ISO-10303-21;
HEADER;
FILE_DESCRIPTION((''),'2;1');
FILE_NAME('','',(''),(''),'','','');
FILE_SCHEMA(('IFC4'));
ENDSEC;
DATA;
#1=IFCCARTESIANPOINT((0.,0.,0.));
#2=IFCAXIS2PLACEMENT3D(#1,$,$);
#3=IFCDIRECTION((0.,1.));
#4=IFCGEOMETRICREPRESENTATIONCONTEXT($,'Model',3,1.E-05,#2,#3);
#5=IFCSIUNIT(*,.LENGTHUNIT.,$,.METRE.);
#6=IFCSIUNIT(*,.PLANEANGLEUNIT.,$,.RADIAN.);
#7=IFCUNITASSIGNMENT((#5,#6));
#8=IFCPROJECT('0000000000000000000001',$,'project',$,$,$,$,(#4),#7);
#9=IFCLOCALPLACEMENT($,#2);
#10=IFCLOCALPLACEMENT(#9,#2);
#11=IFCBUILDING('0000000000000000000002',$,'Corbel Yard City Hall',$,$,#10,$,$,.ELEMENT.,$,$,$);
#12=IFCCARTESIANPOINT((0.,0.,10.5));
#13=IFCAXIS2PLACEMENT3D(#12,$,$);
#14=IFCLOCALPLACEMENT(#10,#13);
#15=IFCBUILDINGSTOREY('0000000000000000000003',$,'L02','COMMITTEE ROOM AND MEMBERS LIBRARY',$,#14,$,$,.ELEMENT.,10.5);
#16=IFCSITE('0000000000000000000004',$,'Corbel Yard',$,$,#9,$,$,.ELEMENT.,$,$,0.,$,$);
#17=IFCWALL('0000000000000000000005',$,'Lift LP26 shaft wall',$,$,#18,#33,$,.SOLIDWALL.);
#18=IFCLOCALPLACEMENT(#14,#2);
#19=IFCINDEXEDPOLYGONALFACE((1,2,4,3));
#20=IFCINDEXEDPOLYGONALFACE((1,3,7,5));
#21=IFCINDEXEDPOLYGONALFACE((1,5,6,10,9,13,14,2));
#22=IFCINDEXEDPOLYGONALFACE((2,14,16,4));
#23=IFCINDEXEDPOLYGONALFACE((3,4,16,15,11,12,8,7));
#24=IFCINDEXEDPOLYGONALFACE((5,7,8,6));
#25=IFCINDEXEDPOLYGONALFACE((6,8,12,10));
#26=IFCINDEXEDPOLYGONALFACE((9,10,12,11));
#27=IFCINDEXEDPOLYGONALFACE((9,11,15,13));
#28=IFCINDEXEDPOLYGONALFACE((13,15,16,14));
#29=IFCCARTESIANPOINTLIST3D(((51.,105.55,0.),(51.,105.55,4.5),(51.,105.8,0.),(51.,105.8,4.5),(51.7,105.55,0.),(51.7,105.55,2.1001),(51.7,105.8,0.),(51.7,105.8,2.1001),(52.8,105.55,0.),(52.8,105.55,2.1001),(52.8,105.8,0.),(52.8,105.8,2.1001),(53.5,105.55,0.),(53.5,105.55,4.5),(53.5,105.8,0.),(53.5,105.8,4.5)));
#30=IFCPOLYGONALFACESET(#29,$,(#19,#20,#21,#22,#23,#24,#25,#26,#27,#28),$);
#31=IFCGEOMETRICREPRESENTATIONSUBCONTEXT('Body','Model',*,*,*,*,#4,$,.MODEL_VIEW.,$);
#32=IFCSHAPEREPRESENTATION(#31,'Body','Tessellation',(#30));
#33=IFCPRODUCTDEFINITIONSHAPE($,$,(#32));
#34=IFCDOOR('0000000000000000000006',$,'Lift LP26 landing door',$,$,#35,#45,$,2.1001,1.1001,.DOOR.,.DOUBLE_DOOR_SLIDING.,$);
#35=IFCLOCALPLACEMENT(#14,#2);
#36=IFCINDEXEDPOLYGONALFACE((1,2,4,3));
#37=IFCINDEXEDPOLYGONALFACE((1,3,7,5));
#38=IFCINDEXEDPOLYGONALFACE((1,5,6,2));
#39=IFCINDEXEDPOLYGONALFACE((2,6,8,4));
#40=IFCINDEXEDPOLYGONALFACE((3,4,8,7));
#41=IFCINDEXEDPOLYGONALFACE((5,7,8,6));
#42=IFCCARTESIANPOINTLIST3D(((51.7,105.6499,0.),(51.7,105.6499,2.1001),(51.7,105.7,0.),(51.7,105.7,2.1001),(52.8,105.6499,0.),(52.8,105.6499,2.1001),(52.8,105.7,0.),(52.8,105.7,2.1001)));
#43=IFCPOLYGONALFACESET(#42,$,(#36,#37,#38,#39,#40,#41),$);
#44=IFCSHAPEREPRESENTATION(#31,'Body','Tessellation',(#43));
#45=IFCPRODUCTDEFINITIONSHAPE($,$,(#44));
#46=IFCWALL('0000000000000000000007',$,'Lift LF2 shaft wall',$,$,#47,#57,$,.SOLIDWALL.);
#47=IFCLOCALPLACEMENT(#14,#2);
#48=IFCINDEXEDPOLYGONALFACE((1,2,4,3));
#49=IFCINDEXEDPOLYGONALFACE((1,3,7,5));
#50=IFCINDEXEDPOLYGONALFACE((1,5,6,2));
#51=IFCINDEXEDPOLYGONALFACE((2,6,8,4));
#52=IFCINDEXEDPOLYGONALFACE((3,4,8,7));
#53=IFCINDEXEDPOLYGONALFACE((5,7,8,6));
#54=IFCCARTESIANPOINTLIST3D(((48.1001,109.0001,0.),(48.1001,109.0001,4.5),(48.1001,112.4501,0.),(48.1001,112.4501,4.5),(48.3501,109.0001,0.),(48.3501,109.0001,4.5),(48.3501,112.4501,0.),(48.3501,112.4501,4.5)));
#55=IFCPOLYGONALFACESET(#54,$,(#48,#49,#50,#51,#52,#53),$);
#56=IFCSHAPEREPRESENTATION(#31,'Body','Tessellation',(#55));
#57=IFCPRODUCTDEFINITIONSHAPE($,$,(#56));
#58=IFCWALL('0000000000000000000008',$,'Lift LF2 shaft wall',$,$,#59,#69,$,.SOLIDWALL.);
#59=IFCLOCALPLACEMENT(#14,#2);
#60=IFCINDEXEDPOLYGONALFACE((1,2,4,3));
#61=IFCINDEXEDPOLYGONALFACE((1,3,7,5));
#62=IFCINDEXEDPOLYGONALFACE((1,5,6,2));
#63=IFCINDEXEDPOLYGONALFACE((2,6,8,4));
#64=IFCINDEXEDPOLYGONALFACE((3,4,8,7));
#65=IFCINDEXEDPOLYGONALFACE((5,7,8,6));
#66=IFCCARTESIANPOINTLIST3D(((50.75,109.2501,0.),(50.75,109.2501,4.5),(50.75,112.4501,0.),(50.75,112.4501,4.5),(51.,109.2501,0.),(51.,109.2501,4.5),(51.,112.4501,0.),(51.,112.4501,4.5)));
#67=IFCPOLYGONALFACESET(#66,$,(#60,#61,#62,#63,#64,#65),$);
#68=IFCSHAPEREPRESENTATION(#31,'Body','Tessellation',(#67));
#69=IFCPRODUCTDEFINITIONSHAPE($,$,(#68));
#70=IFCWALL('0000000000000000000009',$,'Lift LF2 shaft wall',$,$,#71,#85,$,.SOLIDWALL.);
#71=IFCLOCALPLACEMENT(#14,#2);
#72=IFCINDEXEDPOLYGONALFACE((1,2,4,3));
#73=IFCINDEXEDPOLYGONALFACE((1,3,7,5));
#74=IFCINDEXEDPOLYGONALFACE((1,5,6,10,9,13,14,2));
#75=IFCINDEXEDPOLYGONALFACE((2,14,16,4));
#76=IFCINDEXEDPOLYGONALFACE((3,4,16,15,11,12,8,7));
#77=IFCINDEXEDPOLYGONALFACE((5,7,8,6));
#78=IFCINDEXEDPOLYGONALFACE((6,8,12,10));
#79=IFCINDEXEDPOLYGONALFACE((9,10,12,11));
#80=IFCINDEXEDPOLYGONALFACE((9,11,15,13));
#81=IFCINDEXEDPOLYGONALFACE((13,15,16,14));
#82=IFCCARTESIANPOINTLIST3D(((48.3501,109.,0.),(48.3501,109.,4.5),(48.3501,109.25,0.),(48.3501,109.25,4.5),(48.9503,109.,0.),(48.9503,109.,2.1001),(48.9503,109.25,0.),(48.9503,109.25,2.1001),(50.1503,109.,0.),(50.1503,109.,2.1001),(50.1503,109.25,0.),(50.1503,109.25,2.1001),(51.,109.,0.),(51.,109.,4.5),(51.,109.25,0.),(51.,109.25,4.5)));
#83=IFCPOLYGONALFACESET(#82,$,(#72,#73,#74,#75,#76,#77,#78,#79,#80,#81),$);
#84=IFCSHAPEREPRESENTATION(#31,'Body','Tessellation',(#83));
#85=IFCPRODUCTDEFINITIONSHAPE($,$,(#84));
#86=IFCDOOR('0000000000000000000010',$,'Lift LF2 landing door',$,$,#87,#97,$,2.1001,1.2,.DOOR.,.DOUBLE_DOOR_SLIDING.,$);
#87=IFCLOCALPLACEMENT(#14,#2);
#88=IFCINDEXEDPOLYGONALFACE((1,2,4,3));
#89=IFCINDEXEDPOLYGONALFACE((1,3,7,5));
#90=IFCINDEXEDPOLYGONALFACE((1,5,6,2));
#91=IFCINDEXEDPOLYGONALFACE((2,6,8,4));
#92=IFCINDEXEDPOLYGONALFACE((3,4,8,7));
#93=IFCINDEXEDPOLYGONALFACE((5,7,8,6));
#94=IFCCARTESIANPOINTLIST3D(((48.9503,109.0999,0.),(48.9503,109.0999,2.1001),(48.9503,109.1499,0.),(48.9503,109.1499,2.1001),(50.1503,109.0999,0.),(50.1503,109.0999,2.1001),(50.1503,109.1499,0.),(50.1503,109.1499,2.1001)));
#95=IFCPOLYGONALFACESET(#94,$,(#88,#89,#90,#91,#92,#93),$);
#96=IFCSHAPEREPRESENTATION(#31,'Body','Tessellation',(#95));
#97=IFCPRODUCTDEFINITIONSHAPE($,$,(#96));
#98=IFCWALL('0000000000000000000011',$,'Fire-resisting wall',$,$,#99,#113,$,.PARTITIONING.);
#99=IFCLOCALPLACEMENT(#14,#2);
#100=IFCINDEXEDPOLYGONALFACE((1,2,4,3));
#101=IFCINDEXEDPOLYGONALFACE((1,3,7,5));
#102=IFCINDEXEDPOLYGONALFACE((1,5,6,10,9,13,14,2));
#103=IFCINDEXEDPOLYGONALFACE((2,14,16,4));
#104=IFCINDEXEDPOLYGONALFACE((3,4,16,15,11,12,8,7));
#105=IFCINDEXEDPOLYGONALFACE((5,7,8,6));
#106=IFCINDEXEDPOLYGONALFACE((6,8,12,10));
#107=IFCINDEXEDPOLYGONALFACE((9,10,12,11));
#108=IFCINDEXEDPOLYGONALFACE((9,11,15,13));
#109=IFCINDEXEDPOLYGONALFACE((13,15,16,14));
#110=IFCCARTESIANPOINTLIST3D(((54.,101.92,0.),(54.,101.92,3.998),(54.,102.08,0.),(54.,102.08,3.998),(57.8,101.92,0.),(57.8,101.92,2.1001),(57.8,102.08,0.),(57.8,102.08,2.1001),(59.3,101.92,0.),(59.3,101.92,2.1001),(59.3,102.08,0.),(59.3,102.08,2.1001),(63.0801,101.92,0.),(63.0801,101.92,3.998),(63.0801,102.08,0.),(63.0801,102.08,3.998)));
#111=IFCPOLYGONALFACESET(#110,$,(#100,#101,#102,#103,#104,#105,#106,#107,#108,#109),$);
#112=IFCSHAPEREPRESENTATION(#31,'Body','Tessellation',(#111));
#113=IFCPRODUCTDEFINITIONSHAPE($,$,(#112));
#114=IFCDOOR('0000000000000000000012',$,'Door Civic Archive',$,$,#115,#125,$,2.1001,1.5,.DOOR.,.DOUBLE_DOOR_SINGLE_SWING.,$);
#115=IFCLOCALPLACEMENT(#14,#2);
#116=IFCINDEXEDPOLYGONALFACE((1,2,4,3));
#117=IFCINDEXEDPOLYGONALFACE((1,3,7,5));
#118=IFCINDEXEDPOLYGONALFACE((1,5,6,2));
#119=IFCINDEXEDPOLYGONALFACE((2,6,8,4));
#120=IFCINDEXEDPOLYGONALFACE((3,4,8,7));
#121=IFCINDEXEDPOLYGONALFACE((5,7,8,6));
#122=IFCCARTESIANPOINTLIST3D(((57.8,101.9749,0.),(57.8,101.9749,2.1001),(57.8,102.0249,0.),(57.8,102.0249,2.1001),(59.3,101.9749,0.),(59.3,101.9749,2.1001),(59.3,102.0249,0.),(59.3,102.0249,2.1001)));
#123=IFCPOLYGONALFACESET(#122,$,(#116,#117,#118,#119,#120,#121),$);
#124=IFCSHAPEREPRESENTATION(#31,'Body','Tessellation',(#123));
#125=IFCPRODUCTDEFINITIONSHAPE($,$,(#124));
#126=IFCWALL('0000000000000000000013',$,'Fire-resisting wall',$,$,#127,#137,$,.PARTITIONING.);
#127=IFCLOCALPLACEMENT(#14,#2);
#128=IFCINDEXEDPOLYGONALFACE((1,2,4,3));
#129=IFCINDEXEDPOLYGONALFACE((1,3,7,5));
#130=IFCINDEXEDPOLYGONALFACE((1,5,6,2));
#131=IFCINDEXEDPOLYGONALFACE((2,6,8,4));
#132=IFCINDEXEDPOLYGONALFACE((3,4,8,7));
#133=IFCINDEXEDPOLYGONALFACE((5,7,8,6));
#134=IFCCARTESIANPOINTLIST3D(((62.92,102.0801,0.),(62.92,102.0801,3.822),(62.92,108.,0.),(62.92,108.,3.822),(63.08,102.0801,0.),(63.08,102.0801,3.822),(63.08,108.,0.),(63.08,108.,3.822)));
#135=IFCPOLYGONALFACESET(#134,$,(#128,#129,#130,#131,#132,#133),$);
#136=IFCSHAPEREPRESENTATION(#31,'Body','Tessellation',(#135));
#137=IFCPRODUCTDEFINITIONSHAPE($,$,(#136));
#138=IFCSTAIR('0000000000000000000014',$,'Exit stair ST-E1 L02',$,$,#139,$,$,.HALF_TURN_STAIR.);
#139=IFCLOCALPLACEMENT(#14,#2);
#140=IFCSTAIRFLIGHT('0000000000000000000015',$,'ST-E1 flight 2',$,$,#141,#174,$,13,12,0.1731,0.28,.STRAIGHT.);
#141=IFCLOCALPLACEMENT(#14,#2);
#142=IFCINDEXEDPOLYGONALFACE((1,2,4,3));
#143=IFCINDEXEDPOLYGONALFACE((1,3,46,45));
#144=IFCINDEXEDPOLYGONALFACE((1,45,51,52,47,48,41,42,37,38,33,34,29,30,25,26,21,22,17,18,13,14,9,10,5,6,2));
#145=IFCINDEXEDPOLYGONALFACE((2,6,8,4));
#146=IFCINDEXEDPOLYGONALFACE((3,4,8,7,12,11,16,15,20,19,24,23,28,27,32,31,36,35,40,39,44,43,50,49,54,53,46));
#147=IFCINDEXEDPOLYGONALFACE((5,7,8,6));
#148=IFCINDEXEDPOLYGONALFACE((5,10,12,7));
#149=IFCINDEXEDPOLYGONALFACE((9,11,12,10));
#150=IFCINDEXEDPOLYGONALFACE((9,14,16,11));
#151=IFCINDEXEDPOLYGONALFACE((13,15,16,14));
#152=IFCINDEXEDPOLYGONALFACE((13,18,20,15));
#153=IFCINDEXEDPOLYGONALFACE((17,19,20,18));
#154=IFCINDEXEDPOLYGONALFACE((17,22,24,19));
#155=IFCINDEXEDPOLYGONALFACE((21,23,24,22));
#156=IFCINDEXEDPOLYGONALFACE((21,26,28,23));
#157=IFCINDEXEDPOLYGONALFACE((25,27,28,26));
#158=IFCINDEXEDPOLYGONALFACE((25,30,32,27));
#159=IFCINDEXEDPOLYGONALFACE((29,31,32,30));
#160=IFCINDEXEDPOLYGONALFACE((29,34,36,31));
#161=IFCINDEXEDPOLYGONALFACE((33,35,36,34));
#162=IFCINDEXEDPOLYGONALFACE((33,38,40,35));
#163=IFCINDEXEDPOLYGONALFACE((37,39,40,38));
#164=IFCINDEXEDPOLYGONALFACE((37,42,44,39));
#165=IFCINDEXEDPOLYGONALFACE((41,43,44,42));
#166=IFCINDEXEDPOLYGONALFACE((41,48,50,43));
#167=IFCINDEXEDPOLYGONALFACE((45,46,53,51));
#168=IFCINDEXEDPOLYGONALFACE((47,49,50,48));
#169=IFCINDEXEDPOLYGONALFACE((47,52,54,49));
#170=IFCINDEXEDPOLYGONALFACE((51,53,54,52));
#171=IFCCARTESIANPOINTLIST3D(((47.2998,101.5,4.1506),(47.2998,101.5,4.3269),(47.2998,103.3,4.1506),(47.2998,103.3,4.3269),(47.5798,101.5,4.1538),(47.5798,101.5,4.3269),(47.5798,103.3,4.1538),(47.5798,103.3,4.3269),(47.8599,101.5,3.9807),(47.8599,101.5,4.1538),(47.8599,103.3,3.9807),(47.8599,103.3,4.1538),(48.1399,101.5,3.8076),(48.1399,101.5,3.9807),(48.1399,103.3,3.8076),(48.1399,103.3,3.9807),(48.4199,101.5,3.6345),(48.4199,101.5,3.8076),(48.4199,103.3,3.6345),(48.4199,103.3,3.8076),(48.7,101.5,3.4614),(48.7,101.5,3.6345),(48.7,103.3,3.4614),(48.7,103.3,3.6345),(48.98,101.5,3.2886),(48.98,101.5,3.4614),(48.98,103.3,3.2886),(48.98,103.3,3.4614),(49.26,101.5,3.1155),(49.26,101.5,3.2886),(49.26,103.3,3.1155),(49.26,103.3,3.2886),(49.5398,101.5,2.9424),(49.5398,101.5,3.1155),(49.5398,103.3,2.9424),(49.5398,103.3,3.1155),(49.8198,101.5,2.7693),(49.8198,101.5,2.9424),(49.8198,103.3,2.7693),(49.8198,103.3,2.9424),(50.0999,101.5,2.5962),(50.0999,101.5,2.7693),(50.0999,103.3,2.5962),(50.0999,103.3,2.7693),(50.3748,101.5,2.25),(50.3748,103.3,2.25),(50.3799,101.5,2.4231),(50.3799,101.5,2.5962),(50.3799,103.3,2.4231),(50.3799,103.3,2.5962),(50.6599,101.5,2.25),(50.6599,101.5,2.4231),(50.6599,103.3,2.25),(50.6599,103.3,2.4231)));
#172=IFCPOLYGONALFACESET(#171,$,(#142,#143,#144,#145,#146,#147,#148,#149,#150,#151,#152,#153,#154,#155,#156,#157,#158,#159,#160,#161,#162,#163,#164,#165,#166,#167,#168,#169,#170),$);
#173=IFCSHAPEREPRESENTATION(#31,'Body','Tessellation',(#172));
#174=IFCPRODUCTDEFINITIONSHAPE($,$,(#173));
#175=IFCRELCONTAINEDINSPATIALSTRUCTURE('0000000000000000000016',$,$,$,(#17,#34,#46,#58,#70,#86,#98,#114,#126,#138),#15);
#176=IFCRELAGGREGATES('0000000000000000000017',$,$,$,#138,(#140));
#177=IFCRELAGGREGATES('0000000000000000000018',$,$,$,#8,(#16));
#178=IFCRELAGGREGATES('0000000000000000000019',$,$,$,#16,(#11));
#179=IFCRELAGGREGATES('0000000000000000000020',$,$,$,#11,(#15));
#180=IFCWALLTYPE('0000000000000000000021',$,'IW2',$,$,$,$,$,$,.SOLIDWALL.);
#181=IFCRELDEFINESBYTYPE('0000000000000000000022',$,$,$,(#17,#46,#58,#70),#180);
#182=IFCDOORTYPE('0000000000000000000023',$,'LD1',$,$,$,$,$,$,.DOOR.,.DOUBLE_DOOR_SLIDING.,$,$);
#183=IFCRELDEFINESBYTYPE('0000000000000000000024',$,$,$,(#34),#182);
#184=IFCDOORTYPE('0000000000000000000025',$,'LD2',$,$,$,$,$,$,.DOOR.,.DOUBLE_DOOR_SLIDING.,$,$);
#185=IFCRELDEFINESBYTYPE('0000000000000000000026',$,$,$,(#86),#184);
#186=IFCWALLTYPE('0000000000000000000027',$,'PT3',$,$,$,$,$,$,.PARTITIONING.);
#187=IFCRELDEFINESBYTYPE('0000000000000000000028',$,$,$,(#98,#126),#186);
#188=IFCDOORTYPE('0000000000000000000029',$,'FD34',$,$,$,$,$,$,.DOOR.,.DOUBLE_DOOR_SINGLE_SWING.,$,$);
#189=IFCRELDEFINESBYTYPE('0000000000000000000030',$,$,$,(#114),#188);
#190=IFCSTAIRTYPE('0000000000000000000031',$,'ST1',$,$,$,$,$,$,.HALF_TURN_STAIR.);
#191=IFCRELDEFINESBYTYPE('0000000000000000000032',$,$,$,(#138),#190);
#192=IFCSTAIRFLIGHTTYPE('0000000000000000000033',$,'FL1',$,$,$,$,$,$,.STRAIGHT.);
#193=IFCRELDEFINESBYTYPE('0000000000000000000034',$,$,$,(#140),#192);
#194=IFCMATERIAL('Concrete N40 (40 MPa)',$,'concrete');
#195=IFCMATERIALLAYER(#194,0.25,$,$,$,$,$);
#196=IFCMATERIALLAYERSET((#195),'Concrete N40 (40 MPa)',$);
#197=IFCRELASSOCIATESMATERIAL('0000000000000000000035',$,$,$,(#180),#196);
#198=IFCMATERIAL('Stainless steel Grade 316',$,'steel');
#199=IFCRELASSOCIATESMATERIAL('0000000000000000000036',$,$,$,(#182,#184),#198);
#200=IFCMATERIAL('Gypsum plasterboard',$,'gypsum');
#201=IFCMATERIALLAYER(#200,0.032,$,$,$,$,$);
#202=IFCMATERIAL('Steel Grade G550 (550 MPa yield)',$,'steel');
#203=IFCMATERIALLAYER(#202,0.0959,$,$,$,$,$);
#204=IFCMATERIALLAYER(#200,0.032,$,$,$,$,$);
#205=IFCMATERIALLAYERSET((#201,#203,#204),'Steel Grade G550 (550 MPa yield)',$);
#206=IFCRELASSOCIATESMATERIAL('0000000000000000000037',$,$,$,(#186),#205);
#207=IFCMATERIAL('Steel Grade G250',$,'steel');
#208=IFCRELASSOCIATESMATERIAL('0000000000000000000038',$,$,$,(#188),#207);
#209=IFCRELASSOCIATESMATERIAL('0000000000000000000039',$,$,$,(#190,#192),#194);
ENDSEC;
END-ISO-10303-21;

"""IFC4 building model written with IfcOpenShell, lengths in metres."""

from ifc_helpers import new_model, si_unit, direction, frame, frame_2d, origin, place, context, subcontext, project, spatial, polyline, rectangle, outline, extrude, material, layer, layer_set, type_object, element, fill, aggregate, save


model = new_model("IFC4")

# Units and contexts
model_context = context("Model", 3, precision=1e-05, world=origin(), true_north=direction((0.0, 1.0)))
body_context = subcontext(model_context, "Body", "Model", "MODEL_VIEW")
ifc_project = project(units=[si_unit("LENGTHUNIT", "METRE"), si_unit("PLANEANGLEUNIT", "RADIAN")], contexts=[model_context])

# Site, building, storey
site_placement = place(None, origin())
site = spatial("IfcSite", under=ifc_project, at=site_placement, Name="Corbel Yard", CompositionType="ELEMENT", RefElevation=0.0)
building_placement = place(site_placement, origin())
building = spatial("IfcBuilding", under=site, at=building_placement, Name="Corbel Yard City Hall", CompositionType="ELEMENT")
storey_placement = place(building_placement, frame((0.0, 0.0, 10.5)))
storey = spatial("IfcBuildingStorey", under=building, at=storey_placement, Name="L02", Description="COMMITTEE ROOM AND MEMBERS LIBRARY", CompositionType="ELEMENT", Elevation=10.5)

# Shared definitions
ifc_material_1 = material(Name="Concrete N40 (40 MPa)", Category="concrete")
ifc_layer_1 = layer(ifc_material_1, 0.25)
ifc_layer_set_1 = layer_set([ifc_layer_1], Name="Concrete N40 (40 MPa)")
wall_type_1 = type_object("IfcWallType", Name="IW2", PredefinedType="SOLIDWALL", material=ifc_layer_set_1)

# Wall, opening, door
ifc_material_2 = material(Name="Stainless steel Grade 316", Category="steel")
door_type_1 = type_object("IfcDoorType", Name="LD1", OperationType="DOUBLE_DOOR_SLIDING", PredefinedType="DOOR", material=ifc_material_2)
wall_1_placement = place(storey_placement, frame((51.0, 105.675, 0.0), z_axis=(0.0, 0.0, 1.0), x_axis=(1.0, 0.0, 0.0)))
wall_1 = element("IfcWall", 1, at=wall_1_placement, inside=storey, type_object=wall_type_1, Name="Lift LP26 shaft wall", PredefinedType="SOLIDWALL", context=body_context, shape_type="SweptSolid", body=[
    extrude(rectangle(XDim=2.5, YDim=0.25, at=frame_2d((1.25, 0.0))), origin(), (0.0, 0.0, 1.0), 4.5),
])
opening_1_placement = place(wall_1_placement, frame((0.7, 0.0, 0.0)))
opening_1 = element("IfcOpeningElement", 2, at=opening_1_placement, cuts=wall_1, PredefinedType="OPENING", context=body_context, shape_type="SweptSolid", body=[
    extrude(rectangle(XDim=1.1001, YDim=2.1001, at=frame_2d((0.55, 1.05))), frame((0.0, 0.135, 0.0), z_axis=(0.0, -1.0, 0.0), x_axis=(1.0, 0.0, 0.0)), (0.0, 0.0, 1.0), 0.27),
])
door_1_placement = place(opening_1_placement, origin())
door_1 = element("IfcDoor", 3, at=door_1_placement, inside=storey, type_object=door_type_1, Name="Lift LP26 landing door", OperationType="DOUBLE_DOOR_SLIDING", OverallHeight=2.1001, OverallWidth=1.1001, PredefinedType="DOOR", context=body_context, shape_type="SweptSolid", body=[
    extrude(rectangle(XDim=1.1001, YDim=2.1001, at=frame_2d((0.55, 1.05))), frame((0.0, 0.0249, 0.0), z_axis=(0.0, -1.0, 0.0), x_axis=(1.0, 0.0, 0.0)), (0.0, 0.0, 1.0), 0.05),
])
fill(opening_1, door_1)

# Walls
wall_2_placement = place(storey_placement, frame((48.2251, 109.0, 0.0), z_axis=(0.0, 0.0, 1.0), x_axis=(0.0, 1.0, 0.0)))
element("IfcWall", 4, at=wall_2_placement, inside=storey, type_object=wall_type_1, Name="Lift LF2 shaft wall", PredefinedType="SOLIDWALL", context=body_context, shape_type="SweptSolid", body=[
    extrude(rectangle(XDim=3.45, YDim=0.25, at=frame_2d((1.7251, 0.0))), origin(), (0.0, 0.0, 1.0), 4.5),
])
wall_3_placement = place(storey_placement, frame((50.875, 109.25, 0.0), z_axis=(0.0, 0.0, 1.0), x_axis=(0.0, 1.0, 0.0)))
element("IfcWall", 5, at=wall_3_placement, inside=storey, type_object=wall_type_1, Name="Lift LF2 shaft wall", PredefinedType="SOLIDWALL", context=body_context, shape_type="SweptSolid", body=[
    extrude(rectangle(XDim=3.2, YDim=0.25, at=frame_2d((1.6001, 0.0))), origin(), (0.0, 0.0, 1.0), 4.5),
])

# Walls, openings, doors
wall_4_placement = place(storey_placement, frame((48.3501, 109.125, 0.0), z_axis=(0.0, 0.0, 1.0), x_axis=(1.0, 0.0, 0.0)))
wall_4 = element("IfcWall", 6, at=wall_4_placement, inside=storey, type_object=wall_type_1, Name="Lift LF2 shaft wall", PredefinedType="SOLIDWALL", context=body_context, shape_type="SweptSolid", body=[
    extrude(rectangle(XDim=2.6499, YDim=0.25, at=frame_2d((1.325, 0.0))), origin(), (0.0, 0.0, 1.0), 4.5),
])
opening_2_placement = place(wall_4_placement, frame((0.6001, 0.0, 0.0)))
opening_2 = element("IfcOpeningElement", 7, at=opening_2_placement, cuts=wall_4, PredefinedType="OPENING", context=body_context, shape_type="SweptSolid", body=[
    extrude(rectangle(XDim=1.2, YDim=2.1001, at=frame_2d((0.6001, 1.05))), frame((0.0, 0.135, 0.0), z_axis=(0.0, -1.0, 0.0), x_axis=(1.0, 0.0, 0.0)), (0.0, 0.0, 1.0), 0.27),
])
door_type_2 = type_object("IfcDoorType", Name="LD2", OperationType="DOUBLE_DOOR_SLIDING", PredefinedType="DOOR", material=ifc_material_2)
door_2_placement = place(opening_2_placement, origin())
door_2 = element("IfcDoor", 8, at=door_2_placement, inside=storey, type_object=door_type_2, Name="Lift LF2 landing door", OperationType="DOUBLE_DOOR_SLIDING", OverallHeight=2.1001, OverallWidth=1.2, PredefinedType="DOOR", context=body_context, shape_type="SweptSolid", body=[
    extrude(rectangle(XDim=1.2, YDim=2.1001, at=frame_2d((0.6001, 1.05))), frame((0.0, 0.0249, 0.0), z_axis=(0.0, -1.0, 0.0), x_axis=(1.0, 0.0, 0.0)), (0.0, 0.0, 1.0), 0.05),
])
fill(opening_2, door_2)
ifc_material_3 = material(Name="Gypsum plasterboard", Category="gypsum")
ifc_layer_2 = layer(ifc_material_3, 0.032)
ifc_material_4 = material(Name="Steel Grade G550 (550 MPa yield)", Category="steel")
ifc_layer_3 = layer(ifc_material_4, 0.0959)
ifc_layer_4 = layer(ifc_material_3, 0.032)
ifc_layer_set_2 = layer_set([ifc_layer_2, ifc_layer_3, ifc_layer_4], Name="Steel Grade G550 (550 MPa yield)")
wall_type_2 = type_object("IfcWallType", Name="PT3", PredefinedType="PARTITIONING", material=ifc_layer_set_2)
wall_5_placement = place(storey_placement, frame((54.0, 102.0, 0.0), z_axis=(0.0, 0.0, 1.0), x_axis=(1.0, 0.0, 0.0)))
wall_5 = element("IfcWall", 9, at=wall_5_placement, inside=storey, type_object=wall_type_2, Name="Fire-resisting wall", PredefinedType="PARTITIONING", context=body_context, shape_type="SweptSolid", body=[
    extrude(rectangle(XDim=9.0801, YDim=0.1599, at=frame_2d((4.54, 0.0))), origin(), (0.0, 0.0, 1.0), 3.998),
])
opening_3_placement = place(wall_5_placement, frame((3.8, 0.0, 0.0)))
opening_3 = element("IfcOpeningElement", 10, at=opening_3_placement, cuts=wall_5, PredefinedType="OPENING", context=body_context, shape_type="SweptSolid", body=[
    extrude(rectangle(XDim=1.5, YDim=2.1001, at=frame_2d((0.75, 1.05))), frame((0.0, 0.0898, 0.0), z_axis=(0.0, -1.0, 0.0), x_axis=(1.0, 0.0, 0.0)), (0.0, 0.0, 1.0), 0.1799),
])
ifc_material_5 = material(Name="Steel Grade G250", Category="steel")
door_type_3 = type_object("IfcDoorType", Name="FD34", OperationType="DOUBLE_DOOR_SINGLE_SWING", PredefinedType="DOOR", material=ifc_material_5)
door_3_placement = place(opening_3_placement, origin())
door_3 = element("IfcDoor", 11, at=door_3_placement, inside=storey, type_object=door_type_3, Name="Door Civic Archive", OperationType="DOUBLE_DOOR_SINGLE_SWING", OverallHeight=2.1001, OverallWidth=1.5, PredefinedType="DOOR", context=body_context, shape_type="SweptSolid", body=[
    extrude(rectangle(XDim=1.5, YDim=2.1001, at=frame_2d((0.75, 1.05))), frame((0.0, 0.0249, 0.0), z_axis=(0.0, -1.0, 0.0), x_axis=(1.0, 0.0, 0.0)), (0.0, 0.0, 1.0), 0.05),
])
fill(opening_3, door_3)

# Wall
wall_6_placement = place(storey_placement, frame((63.0, 102.0801, 0.0), z_axis=(0.0, 0.0, 1.0), x_axis=(0.0, 1.0, 0.0)))
element("IfcWall", 12, at=wall_6_placement, inside=storey, type_object=wall_type_2, Name="Fire-resisting wall", PredefinedType="PARTITIONING", context=body_context, shape_type="SweptSolid", body=[
    extrude(rectangle(XDim=5.9199, YDim=0.1599, at=frame_2d((2.96, 0.0))), origin(), (0.0, 0.0, 1.0), 3.822),
])

# Stair, stair flight
stair_type = type_object("IfcStairType", Name="ST1", PredefinedType="HALF_TURN_STAIR", material=ifc_material_1)
stair_placement = place(storey_placement, origin())
stair = element("IfcStair", 13, at=stair_placement, inside=storey, type_object=stair_type, Name="Exit stair ST-E1 L02", PredefinedType="HALF_TURN_STAIR")
stair_flight_type = type_object("IfcStairFlightType", Name="FL1", PredefinedType="STRAIGHT", material=ifc_material_1)
stair_flight_placement = place(storey_placement, frame((50.6599, 102.3999, 2.25), z_axis=(0.0, 0.0, 1.0), x_axis=(-1.0, 0.0, 0.0)))
stair_flight = element("IfcStairFlight", 14, at=stair_flight_placement, type_object=stair_flight_type, Name="ST-E1 flight 2", NumberOfRisers=13, NumberOfTreads=12, PredefinedType="STRAIGHT", RiserHeight=0.1731, TreadLength=0.28, context=body_context, shape_type="SweptSolid", body=[
    extrude(outline(polyline([(0.0, 0.0), (0.0, 0.1731), (0.28, 0.1731), (0.28, 0.3462), (0.5601, 0.3462), (0.5601, 0.5193), (0.8401, 0.5193), (0.8401, 0.6924), (1.1201, 0.6924), (1.1201, 0.8655), (1.3999, 0.8655), (1.3999, 1.0386), (1.6799, 1.0386), (1.6799, 1.2114), (1.96, 1.2114), (1.96, 1.3845), (2.24, 1.3845), (2.24, 1.5576), (2.52, 1.5576), (2.52, 1.7307), (2.8, 1.7307), (2.8, 1.9038), (3.0801, 1.9038), (3.0801, 2.0769), (3.3601, 2.0769), (3.3601, 2.25), (3.3601, 1.9006), (0.2852, 0.0), (0.0, 0.0)])), frame((0.0, 0.8999, 0.0), z_axis=(0.0, -1.0, 0.0), x_axis=(1.0, 0.0, 0.0)), (0.0, 0.0, 1.0), 1.8),
])
aggregate(stair, [stair_flight])

save(model, "model.ifc")
